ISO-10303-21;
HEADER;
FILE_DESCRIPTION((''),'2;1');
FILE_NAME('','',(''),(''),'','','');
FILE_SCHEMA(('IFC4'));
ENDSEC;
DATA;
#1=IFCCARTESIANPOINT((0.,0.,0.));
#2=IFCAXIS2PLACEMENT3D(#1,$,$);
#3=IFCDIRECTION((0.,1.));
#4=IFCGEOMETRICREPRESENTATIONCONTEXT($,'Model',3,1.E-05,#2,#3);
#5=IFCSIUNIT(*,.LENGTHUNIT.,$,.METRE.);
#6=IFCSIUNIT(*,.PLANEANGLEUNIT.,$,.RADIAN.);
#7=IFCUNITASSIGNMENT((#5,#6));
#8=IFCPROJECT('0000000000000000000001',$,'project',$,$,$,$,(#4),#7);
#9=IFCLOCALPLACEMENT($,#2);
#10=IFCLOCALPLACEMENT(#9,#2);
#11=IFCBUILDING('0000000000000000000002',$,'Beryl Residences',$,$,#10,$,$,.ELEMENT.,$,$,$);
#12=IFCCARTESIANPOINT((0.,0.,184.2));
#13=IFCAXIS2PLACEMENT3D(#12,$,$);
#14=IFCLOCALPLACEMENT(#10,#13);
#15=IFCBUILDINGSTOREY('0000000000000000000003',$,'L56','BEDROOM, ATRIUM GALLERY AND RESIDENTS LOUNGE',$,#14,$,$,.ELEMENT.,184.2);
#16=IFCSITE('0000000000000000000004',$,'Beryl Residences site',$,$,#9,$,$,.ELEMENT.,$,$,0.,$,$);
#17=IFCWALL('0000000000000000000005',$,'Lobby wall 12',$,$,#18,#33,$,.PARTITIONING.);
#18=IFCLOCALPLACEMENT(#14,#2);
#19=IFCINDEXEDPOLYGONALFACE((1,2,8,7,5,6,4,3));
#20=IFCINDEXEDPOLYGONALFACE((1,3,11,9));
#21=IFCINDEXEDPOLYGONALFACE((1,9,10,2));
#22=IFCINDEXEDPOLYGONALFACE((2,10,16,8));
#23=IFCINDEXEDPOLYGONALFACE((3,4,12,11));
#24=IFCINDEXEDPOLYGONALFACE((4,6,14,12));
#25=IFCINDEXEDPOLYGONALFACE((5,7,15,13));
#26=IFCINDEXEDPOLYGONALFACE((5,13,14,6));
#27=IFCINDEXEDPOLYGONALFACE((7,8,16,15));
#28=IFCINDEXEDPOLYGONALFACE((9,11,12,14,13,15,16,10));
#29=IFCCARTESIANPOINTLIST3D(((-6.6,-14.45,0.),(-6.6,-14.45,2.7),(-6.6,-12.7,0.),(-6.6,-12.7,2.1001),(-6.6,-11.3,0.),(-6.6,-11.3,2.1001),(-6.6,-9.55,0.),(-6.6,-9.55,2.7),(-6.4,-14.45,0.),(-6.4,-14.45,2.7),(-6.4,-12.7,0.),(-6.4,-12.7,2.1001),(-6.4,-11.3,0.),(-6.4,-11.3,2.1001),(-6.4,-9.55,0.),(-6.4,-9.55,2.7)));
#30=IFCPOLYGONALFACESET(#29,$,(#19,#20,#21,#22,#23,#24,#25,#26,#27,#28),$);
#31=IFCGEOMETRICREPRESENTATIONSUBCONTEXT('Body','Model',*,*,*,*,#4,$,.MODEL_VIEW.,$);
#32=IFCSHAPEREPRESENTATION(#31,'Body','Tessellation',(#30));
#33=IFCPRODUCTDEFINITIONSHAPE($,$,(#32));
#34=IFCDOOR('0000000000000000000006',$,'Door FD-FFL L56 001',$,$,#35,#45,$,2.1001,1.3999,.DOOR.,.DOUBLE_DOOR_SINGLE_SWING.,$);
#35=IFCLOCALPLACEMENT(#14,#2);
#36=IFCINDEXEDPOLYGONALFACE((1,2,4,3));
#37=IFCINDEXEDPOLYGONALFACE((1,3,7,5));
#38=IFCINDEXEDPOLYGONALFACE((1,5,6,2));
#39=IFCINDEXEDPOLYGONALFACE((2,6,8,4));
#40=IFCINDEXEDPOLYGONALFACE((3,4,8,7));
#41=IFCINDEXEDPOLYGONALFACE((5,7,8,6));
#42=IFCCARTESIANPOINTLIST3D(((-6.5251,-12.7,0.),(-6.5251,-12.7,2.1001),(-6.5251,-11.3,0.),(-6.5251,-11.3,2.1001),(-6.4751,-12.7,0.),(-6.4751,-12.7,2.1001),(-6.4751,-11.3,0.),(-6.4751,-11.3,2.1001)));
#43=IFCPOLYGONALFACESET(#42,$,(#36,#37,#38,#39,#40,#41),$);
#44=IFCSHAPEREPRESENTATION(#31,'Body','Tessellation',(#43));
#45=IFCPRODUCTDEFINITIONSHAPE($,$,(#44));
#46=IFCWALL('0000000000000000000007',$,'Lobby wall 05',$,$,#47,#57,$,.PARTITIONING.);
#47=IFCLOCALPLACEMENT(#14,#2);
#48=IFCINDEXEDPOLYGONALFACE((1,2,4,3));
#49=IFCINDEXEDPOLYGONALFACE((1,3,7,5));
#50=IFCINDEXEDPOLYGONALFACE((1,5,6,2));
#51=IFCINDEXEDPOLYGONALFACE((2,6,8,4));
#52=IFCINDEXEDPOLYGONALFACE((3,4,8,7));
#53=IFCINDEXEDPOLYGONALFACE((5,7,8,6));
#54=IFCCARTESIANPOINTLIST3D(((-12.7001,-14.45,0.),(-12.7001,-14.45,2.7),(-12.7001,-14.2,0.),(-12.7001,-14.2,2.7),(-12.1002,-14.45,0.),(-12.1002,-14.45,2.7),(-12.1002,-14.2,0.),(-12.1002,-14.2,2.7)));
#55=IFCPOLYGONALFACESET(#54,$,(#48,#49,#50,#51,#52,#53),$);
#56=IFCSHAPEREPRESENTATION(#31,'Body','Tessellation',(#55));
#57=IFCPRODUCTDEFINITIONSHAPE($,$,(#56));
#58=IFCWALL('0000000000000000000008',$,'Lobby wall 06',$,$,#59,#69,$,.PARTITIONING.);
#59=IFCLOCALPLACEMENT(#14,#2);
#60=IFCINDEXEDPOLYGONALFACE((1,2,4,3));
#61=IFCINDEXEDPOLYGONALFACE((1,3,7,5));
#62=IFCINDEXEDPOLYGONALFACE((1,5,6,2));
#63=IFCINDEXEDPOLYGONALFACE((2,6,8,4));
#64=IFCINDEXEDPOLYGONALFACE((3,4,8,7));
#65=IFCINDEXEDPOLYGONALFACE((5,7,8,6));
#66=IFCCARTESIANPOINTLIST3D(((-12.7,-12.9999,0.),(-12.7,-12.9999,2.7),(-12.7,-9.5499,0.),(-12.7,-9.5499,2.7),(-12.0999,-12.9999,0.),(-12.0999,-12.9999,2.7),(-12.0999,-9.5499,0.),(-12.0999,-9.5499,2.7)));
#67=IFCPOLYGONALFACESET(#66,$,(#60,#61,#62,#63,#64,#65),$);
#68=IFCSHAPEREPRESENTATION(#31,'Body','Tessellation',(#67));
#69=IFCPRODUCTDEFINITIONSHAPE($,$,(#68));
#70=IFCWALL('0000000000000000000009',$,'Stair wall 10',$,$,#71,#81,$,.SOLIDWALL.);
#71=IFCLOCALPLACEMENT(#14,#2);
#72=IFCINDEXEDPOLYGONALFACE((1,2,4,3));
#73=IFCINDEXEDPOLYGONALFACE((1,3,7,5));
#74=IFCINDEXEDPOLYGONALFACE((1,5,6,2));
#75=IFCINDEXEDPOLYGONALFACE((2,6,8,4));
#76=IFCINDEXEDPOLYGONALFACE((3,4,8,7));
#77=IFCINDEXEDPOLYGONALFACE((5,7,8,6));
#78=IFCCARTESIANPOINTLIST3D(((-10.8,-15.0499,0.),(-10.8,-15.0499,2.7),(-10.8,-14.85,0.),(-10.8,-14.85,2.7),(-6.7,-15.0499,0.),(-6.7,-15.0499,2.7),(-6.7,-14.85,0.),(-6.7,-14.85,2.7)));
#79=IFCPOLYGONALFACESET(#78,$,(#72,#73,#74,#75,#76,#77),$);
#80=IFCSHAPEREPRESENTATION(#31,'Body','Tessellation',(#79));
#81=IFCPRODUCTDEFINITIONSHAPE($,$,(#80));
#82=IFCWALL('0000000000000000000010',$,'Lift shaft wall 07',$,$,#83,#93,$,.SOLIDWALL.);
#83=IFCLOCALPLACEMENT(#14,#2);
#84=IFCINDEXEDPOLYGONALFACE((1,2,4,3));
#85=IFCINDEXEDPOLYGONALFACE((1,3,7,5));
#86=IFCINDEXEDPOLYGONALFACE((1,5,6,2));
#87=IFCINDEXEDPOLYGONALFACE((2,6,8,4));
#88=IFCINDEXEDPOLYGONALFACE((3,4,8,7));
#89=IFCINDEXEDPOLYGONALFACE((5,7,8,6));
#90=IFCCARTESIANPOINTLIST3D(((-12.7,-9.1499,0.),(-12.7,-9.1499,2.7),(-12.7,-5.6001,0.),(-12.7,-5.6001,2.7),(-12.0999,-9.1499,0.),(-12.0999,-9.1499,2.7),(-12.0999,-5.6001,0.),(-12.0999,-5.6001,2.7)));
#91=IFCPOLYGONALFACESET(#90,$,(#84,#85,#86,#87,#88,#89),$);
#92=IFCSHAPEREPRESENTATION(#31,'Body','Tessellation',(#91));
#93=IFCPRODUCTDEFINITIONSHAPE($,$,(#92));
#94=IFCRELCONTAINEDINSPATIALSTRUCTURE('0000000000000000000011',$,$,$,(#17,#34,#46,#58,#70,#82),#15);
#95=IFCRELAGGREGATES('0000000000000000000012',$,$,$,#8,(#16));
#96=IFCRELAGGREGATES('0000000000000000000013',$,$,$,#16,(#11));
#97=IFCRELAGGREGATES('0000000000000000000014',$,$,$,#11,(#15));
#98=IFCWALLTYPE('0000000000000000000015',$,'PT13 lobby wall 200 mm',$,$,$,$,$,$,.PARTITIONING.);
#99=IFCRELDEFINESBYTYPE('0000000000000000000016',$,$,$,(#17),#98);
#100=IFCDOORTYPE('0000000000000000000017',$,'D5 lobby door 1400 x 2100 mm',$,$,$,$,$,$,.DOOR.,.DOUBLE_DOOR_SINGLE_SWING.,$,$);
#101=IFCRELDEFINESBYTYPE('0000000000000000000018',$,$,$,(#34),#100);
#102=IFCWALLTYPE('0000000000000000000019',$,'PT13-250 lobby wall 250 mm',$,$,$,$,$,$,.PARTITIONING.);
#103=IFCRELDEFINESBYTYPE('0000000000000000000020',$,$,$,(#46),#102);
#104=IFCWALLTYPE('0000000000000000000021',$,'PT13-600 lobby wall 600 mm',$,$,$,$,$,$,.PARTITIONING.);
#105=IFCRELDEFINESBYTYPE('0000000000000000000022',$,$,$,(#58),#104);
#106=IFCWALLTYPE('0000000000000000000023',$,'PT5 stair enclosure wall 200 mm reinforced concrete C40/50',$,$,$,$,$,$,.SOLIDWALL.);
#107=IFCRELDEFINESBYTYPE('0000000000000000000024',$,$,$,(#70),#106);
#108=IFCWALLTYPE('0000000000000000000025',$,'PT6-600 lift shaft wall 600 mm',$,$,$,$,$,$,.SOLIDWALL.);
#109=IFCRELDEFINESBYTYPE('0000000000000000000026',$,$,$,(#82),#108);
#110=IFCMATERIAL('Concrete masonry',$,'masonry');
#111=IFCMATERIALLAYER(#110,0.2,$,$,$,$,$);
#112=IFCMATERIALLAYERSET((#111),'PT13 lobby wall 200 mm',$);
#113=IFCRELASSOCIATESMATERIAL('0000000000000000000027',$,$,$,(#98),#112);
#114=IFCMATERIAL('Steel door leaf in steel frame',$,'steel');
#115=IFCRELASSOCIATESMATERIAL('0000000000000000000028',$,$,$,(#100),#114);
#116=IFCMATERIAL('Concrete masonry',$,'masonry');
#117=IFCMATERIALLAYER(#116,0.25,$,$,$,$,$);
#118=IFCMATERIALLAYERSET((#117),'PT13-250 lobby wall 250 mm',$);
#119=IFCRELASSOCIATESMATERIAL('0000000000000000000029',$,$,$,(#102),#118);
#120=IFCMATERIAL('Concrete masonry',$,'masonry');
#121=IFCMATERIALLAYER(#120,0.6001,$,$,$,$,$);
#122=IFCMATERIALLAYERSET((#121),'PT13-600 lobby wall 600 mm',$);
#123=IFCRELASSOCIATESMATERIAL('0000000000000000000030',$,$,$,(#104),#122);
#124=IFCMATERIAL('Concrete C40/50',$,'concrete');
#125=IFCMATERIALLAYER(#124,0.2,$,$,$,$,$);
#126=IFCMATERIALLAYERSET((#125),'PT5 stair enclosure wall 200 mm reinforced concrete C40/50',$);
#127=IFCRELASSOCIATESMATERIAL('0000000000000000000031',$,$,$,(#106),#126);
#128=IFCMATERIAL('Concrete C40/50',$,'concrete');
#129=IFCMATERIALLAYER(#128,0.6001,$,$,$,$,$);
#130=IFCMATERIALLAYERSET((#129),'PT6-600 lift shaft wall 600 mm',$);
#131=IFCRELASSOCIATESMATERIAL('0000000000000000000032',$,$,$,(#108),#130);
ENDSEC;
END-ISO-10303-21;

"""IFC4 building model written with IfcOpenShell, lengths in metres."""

from ifc_helpers import new_model, si_unit, direction, frame, frame_2d, origin, place, context, subcontext, project, spatial, rectangle, extrude, material, layer, layer_set, type_object, element, fill, save


model = new_model("IFC4")

# Units and contexts
model_context = context("Model", 3, precision=1e-05, world=origin(), true_north=direction((0.0, 1.0)))
body_context = subcontext(model_context, "Body", "Model", "MODEL_VIEW")
ifc_project = project(units=[si_unit("LENGTHUNIT", "METRE"), si_unit("PLANEANGLEUNIT", "RADIAN")], contexts=[model_context])

# Site, building, storey
site_placement = place(None, origin())
site = spatial("IfcSite", under=ifc_project, at=site_placement, Name="Beryl Residences site", CompositionType="ELEMENT", RefElevation=0.0)
building_placement = place(site_placement, origin())
building = spatial("IfcBuilding", under=site, at=building_placement, Name="Beryl Residences", CompositionType="ELEMENT")
storey_placement = place(building_placement, frame((0.0, 0.0, 184.2)))
storey = spatial("IfcBuildingStorey", under=building, at=storey_placement, Name="L56", Description="BEDROOM, ATRIUM GALLERY AND RESIDENTS LOUNGE", CompositionType="ELEMENT", Elevation=184.2)

# Wall, opening, door
ifc_material_1 = material(Name="Concrete masonry", Category="masonry")
ifc_layer_1 = layer(ifc_material_1, 0.2)
ifc_layer_set_1 = layer_set([ifc_layer_1], Name="PT13 lobby wall 200 mm")
wall_type_1 = type_object("IfcWallType", Name="PT13 lobby wall 200 mm", PredefinedType="PARTITIONING", material=ifc_layer_set_1)
wall_1_placement = place(storey_placement, frame((-6.5, -14.45, 0.0), z_axis=(0.0, 0.0, 1.0), x_axis=(0.0, 1.0, 0.0)))
wall_1 = element("IfcWall", 1, at=wall_1_placement, inside=storey, type_object=wall_type_1, Name="Lobby wall 12", PredefinedType="PARTITIONING", context=body_context, shape_type="SweptSolid", body=[
    extrude(rectangle(XDim=4.8999, YDim=0.2, at=frame_2d((2.45, 0.0))), origin(), (0.0, 0.0, 1.0), 2.7),
])
opening_1_placement = place(wall_1_placement, frame((3.1499, 0.0, 0.0), z_axis=(0.0, 0.0, 1.0), x_axis=(-1.0, 0.0, 0.0)))
opening_1 = element("IfcOpeningElement", 2, at=opening_1_placement, cuts=wall_1, PredefinedType="OPENING", context=body_context, shape_type="SweptSolid", body=[
    extrude(rectangle(XDim=1.3999, YDim=2.1001, at=frame_2d((0.7, 1.05))), frame((0.0, 0.1099, 0.0), z_axis=(0.0, -1.0, 0.0), x_axis=(1.0, 0.0, 0.0)), (0.0, 0.0, 1.0), 0.22),
])
ifc_material_2 = material(Name="Steel door leaf in steel frame", Category="steel")
door_type_1 = type_object("IfcDoorType", Name="D5 lobby door 1400 x 2100 mm", OperationType="DOUBLE_DOOR_SINGLE_SWING", PredefinedType="DOOR", material=ifc_material_2)
door_1_placement = place(opening_1_placement, origin())
door_1 = element("IfcDoor", 3, at=door_1_placement, inside=storey, type_object=door_type_1, Name="Door FD-FFL L56 001", OperationType="DOUBLE_DOOR_SINGLE_SWING", OverallHeight=2.1001, OverallWidth=1.3999, PredefinedType="DOOR", context=body_context, shape_type="SweptSolid", body=[
    extrude(rectangle(XDim=1.3999, YDim=2.1001, at=frame_2d((0.7, 1.05))), frame((0.0, 0.0249, 0.0), z_axis=(0.0, -1.0, 0.0), x_axis=(1.0, 0.0, 0.0)), (0.0, 0.0, 1.0), 0.05),
])
fill(opening_1, door_1)

# Walls
ifc_material_3 = material(Name="Concrete masonry", Category="masonry")
ifc_layer_2 = layer(ifc_material_3, 0.25)
ifc_layer_set_2 = layer_set([ifc_layer_2], Name="PT13-250 lobby wall 250 mm")
wall_type_2 = type_object("IfcWallType", Name="PT13-250 lobby wall 250 mm", PredefinedType="PARTITIONING", material=ifc_layer_set_2)
wall_2_placement = place(storey_placement, frame((-12.7, -14.325, 0.0), z_axis=(0.0, 0.0, 1.0), x_axis=(1.0, 0.0, 0.0)))
element("IfcWall", 4, at=wall_2_placement, inside=storey, type_object=wall_type_2, Name="Lobby wall 05", PredefinedType="PARTITIONING", context=body_context, shape_type="SweptSolid", body=[
    extrude(rectangle(XDim=0.5999, YDim=0.25, at=frame_2d((0.2998, 0.0))), origin(), (0.0, 0.0, 1.0), 2.7),
])
ifc_material_4 = material(Name="Concrete masonry", Category="masonry")
ifc_layer_3 = layer(ifc_material_4, 0.6001)
ifc_layer_set_3 = layer_set([ifc_layer_3], Name="PT13-600 lobby wall 600 mm")
wall_type_3 = type_object("IfcWallType", Name="PT13-600 lobby wall 600 mm", PredefinedType="PARTITIONING", material=ifc_layer_set_3)
wall_3_placement = place(storey_placement, frame((-12.3999, -13.0, 0.0), z_axis=(0.0, 0.0, 1.0), x_axis=(0.0, 1.0, 0.0)))
element("IfcWall", 5, at=wall_3_placement, inside=storey, type_object=wall_type_3, Name="Lobby wall 06", PredefinedType="PARTITIONING", context=body_context, shape_type="SweptSolid", body=[
    extrude(rectangle(XDim=3.45, YDim=0.6001, at=frame_2d((1.7251, 0.0))), origin(), (0.0, 0.0, 1.0), 2.7),
])
ifc_material_5 = material(Name="Concrete C40/50", Category="concrete")
ifc_layer_4 = layer(ifc_material_5, 0.2)
ifc_layer_set_4 = layer_set([ifc_layer_4], Name="PT5 stair enclosure wall 200 mm reinforced concrete C40/50")
wall_type_4 = type_object("IfcWallType", Name="PT5 stair enclosure wall 200 mm reinforced concrete C40/50", PredefinedType="SOLIDWALL", material=ifc_layer_set_4)
wall_4_placement = place(storey_placement, frame((-10.8, -14.95, 0.0), z_axis=(0.0, 0.0, 1.0), x_axis=(1.0, 0.0, 0.0)))
element("IfcWall", 6, at=wall_4_placement, inside=storey, type_object=wall_type_4, Name="Stair wall 10", PredefinedType="SOLIDWALL", context=body_context, shape_type="SweptSolid", body=[
    extrude(rectangle(XDim=4.1001, YDim=0.2, at=frame_2d((2.05, 0.0))), origin(), (0.0, 0.0, 1.0), 2.7),
])
ifc_material_6 = material(Name="Concrete C40/50", Category="concrete")
ifc_layer_5 = layer(ifc_material_6, 0.6001)
ifc_layer_set_5 = layer_set([ifc_layer_5], Name="PT6-600 lift shaft wall 600 mm")
wall_type_5 = type_object("IfcWallType", Name="PT6-600 lift shaft wall 600 mm", PredefinedType="SOLIDWALL", material=ifc_layer_set_5)
wall_5_placement = place(storey_placement, frame((-12.3999, -9.1499, 0.0), z_axis=(0.0, 0.0, 1.0), x_axis=(0.0, 1.0, 0.0)))
element("IfcWall", 7, at=wall_5_placement, inside=storey, type_object=wall_type_5, Name="Lift shaft wall 07", PredefinedType="SOLIDWALL", context=body_context, shape_type="SweptSolid", body=[
    extrude(rectangle(XDim=3.5498, YDim=0.6001, at=frame_2d((1.7749, 0.0))), origin(), (0.0, 0.0, 1.0), 2.7),
])

save(model, "model.ifc")
